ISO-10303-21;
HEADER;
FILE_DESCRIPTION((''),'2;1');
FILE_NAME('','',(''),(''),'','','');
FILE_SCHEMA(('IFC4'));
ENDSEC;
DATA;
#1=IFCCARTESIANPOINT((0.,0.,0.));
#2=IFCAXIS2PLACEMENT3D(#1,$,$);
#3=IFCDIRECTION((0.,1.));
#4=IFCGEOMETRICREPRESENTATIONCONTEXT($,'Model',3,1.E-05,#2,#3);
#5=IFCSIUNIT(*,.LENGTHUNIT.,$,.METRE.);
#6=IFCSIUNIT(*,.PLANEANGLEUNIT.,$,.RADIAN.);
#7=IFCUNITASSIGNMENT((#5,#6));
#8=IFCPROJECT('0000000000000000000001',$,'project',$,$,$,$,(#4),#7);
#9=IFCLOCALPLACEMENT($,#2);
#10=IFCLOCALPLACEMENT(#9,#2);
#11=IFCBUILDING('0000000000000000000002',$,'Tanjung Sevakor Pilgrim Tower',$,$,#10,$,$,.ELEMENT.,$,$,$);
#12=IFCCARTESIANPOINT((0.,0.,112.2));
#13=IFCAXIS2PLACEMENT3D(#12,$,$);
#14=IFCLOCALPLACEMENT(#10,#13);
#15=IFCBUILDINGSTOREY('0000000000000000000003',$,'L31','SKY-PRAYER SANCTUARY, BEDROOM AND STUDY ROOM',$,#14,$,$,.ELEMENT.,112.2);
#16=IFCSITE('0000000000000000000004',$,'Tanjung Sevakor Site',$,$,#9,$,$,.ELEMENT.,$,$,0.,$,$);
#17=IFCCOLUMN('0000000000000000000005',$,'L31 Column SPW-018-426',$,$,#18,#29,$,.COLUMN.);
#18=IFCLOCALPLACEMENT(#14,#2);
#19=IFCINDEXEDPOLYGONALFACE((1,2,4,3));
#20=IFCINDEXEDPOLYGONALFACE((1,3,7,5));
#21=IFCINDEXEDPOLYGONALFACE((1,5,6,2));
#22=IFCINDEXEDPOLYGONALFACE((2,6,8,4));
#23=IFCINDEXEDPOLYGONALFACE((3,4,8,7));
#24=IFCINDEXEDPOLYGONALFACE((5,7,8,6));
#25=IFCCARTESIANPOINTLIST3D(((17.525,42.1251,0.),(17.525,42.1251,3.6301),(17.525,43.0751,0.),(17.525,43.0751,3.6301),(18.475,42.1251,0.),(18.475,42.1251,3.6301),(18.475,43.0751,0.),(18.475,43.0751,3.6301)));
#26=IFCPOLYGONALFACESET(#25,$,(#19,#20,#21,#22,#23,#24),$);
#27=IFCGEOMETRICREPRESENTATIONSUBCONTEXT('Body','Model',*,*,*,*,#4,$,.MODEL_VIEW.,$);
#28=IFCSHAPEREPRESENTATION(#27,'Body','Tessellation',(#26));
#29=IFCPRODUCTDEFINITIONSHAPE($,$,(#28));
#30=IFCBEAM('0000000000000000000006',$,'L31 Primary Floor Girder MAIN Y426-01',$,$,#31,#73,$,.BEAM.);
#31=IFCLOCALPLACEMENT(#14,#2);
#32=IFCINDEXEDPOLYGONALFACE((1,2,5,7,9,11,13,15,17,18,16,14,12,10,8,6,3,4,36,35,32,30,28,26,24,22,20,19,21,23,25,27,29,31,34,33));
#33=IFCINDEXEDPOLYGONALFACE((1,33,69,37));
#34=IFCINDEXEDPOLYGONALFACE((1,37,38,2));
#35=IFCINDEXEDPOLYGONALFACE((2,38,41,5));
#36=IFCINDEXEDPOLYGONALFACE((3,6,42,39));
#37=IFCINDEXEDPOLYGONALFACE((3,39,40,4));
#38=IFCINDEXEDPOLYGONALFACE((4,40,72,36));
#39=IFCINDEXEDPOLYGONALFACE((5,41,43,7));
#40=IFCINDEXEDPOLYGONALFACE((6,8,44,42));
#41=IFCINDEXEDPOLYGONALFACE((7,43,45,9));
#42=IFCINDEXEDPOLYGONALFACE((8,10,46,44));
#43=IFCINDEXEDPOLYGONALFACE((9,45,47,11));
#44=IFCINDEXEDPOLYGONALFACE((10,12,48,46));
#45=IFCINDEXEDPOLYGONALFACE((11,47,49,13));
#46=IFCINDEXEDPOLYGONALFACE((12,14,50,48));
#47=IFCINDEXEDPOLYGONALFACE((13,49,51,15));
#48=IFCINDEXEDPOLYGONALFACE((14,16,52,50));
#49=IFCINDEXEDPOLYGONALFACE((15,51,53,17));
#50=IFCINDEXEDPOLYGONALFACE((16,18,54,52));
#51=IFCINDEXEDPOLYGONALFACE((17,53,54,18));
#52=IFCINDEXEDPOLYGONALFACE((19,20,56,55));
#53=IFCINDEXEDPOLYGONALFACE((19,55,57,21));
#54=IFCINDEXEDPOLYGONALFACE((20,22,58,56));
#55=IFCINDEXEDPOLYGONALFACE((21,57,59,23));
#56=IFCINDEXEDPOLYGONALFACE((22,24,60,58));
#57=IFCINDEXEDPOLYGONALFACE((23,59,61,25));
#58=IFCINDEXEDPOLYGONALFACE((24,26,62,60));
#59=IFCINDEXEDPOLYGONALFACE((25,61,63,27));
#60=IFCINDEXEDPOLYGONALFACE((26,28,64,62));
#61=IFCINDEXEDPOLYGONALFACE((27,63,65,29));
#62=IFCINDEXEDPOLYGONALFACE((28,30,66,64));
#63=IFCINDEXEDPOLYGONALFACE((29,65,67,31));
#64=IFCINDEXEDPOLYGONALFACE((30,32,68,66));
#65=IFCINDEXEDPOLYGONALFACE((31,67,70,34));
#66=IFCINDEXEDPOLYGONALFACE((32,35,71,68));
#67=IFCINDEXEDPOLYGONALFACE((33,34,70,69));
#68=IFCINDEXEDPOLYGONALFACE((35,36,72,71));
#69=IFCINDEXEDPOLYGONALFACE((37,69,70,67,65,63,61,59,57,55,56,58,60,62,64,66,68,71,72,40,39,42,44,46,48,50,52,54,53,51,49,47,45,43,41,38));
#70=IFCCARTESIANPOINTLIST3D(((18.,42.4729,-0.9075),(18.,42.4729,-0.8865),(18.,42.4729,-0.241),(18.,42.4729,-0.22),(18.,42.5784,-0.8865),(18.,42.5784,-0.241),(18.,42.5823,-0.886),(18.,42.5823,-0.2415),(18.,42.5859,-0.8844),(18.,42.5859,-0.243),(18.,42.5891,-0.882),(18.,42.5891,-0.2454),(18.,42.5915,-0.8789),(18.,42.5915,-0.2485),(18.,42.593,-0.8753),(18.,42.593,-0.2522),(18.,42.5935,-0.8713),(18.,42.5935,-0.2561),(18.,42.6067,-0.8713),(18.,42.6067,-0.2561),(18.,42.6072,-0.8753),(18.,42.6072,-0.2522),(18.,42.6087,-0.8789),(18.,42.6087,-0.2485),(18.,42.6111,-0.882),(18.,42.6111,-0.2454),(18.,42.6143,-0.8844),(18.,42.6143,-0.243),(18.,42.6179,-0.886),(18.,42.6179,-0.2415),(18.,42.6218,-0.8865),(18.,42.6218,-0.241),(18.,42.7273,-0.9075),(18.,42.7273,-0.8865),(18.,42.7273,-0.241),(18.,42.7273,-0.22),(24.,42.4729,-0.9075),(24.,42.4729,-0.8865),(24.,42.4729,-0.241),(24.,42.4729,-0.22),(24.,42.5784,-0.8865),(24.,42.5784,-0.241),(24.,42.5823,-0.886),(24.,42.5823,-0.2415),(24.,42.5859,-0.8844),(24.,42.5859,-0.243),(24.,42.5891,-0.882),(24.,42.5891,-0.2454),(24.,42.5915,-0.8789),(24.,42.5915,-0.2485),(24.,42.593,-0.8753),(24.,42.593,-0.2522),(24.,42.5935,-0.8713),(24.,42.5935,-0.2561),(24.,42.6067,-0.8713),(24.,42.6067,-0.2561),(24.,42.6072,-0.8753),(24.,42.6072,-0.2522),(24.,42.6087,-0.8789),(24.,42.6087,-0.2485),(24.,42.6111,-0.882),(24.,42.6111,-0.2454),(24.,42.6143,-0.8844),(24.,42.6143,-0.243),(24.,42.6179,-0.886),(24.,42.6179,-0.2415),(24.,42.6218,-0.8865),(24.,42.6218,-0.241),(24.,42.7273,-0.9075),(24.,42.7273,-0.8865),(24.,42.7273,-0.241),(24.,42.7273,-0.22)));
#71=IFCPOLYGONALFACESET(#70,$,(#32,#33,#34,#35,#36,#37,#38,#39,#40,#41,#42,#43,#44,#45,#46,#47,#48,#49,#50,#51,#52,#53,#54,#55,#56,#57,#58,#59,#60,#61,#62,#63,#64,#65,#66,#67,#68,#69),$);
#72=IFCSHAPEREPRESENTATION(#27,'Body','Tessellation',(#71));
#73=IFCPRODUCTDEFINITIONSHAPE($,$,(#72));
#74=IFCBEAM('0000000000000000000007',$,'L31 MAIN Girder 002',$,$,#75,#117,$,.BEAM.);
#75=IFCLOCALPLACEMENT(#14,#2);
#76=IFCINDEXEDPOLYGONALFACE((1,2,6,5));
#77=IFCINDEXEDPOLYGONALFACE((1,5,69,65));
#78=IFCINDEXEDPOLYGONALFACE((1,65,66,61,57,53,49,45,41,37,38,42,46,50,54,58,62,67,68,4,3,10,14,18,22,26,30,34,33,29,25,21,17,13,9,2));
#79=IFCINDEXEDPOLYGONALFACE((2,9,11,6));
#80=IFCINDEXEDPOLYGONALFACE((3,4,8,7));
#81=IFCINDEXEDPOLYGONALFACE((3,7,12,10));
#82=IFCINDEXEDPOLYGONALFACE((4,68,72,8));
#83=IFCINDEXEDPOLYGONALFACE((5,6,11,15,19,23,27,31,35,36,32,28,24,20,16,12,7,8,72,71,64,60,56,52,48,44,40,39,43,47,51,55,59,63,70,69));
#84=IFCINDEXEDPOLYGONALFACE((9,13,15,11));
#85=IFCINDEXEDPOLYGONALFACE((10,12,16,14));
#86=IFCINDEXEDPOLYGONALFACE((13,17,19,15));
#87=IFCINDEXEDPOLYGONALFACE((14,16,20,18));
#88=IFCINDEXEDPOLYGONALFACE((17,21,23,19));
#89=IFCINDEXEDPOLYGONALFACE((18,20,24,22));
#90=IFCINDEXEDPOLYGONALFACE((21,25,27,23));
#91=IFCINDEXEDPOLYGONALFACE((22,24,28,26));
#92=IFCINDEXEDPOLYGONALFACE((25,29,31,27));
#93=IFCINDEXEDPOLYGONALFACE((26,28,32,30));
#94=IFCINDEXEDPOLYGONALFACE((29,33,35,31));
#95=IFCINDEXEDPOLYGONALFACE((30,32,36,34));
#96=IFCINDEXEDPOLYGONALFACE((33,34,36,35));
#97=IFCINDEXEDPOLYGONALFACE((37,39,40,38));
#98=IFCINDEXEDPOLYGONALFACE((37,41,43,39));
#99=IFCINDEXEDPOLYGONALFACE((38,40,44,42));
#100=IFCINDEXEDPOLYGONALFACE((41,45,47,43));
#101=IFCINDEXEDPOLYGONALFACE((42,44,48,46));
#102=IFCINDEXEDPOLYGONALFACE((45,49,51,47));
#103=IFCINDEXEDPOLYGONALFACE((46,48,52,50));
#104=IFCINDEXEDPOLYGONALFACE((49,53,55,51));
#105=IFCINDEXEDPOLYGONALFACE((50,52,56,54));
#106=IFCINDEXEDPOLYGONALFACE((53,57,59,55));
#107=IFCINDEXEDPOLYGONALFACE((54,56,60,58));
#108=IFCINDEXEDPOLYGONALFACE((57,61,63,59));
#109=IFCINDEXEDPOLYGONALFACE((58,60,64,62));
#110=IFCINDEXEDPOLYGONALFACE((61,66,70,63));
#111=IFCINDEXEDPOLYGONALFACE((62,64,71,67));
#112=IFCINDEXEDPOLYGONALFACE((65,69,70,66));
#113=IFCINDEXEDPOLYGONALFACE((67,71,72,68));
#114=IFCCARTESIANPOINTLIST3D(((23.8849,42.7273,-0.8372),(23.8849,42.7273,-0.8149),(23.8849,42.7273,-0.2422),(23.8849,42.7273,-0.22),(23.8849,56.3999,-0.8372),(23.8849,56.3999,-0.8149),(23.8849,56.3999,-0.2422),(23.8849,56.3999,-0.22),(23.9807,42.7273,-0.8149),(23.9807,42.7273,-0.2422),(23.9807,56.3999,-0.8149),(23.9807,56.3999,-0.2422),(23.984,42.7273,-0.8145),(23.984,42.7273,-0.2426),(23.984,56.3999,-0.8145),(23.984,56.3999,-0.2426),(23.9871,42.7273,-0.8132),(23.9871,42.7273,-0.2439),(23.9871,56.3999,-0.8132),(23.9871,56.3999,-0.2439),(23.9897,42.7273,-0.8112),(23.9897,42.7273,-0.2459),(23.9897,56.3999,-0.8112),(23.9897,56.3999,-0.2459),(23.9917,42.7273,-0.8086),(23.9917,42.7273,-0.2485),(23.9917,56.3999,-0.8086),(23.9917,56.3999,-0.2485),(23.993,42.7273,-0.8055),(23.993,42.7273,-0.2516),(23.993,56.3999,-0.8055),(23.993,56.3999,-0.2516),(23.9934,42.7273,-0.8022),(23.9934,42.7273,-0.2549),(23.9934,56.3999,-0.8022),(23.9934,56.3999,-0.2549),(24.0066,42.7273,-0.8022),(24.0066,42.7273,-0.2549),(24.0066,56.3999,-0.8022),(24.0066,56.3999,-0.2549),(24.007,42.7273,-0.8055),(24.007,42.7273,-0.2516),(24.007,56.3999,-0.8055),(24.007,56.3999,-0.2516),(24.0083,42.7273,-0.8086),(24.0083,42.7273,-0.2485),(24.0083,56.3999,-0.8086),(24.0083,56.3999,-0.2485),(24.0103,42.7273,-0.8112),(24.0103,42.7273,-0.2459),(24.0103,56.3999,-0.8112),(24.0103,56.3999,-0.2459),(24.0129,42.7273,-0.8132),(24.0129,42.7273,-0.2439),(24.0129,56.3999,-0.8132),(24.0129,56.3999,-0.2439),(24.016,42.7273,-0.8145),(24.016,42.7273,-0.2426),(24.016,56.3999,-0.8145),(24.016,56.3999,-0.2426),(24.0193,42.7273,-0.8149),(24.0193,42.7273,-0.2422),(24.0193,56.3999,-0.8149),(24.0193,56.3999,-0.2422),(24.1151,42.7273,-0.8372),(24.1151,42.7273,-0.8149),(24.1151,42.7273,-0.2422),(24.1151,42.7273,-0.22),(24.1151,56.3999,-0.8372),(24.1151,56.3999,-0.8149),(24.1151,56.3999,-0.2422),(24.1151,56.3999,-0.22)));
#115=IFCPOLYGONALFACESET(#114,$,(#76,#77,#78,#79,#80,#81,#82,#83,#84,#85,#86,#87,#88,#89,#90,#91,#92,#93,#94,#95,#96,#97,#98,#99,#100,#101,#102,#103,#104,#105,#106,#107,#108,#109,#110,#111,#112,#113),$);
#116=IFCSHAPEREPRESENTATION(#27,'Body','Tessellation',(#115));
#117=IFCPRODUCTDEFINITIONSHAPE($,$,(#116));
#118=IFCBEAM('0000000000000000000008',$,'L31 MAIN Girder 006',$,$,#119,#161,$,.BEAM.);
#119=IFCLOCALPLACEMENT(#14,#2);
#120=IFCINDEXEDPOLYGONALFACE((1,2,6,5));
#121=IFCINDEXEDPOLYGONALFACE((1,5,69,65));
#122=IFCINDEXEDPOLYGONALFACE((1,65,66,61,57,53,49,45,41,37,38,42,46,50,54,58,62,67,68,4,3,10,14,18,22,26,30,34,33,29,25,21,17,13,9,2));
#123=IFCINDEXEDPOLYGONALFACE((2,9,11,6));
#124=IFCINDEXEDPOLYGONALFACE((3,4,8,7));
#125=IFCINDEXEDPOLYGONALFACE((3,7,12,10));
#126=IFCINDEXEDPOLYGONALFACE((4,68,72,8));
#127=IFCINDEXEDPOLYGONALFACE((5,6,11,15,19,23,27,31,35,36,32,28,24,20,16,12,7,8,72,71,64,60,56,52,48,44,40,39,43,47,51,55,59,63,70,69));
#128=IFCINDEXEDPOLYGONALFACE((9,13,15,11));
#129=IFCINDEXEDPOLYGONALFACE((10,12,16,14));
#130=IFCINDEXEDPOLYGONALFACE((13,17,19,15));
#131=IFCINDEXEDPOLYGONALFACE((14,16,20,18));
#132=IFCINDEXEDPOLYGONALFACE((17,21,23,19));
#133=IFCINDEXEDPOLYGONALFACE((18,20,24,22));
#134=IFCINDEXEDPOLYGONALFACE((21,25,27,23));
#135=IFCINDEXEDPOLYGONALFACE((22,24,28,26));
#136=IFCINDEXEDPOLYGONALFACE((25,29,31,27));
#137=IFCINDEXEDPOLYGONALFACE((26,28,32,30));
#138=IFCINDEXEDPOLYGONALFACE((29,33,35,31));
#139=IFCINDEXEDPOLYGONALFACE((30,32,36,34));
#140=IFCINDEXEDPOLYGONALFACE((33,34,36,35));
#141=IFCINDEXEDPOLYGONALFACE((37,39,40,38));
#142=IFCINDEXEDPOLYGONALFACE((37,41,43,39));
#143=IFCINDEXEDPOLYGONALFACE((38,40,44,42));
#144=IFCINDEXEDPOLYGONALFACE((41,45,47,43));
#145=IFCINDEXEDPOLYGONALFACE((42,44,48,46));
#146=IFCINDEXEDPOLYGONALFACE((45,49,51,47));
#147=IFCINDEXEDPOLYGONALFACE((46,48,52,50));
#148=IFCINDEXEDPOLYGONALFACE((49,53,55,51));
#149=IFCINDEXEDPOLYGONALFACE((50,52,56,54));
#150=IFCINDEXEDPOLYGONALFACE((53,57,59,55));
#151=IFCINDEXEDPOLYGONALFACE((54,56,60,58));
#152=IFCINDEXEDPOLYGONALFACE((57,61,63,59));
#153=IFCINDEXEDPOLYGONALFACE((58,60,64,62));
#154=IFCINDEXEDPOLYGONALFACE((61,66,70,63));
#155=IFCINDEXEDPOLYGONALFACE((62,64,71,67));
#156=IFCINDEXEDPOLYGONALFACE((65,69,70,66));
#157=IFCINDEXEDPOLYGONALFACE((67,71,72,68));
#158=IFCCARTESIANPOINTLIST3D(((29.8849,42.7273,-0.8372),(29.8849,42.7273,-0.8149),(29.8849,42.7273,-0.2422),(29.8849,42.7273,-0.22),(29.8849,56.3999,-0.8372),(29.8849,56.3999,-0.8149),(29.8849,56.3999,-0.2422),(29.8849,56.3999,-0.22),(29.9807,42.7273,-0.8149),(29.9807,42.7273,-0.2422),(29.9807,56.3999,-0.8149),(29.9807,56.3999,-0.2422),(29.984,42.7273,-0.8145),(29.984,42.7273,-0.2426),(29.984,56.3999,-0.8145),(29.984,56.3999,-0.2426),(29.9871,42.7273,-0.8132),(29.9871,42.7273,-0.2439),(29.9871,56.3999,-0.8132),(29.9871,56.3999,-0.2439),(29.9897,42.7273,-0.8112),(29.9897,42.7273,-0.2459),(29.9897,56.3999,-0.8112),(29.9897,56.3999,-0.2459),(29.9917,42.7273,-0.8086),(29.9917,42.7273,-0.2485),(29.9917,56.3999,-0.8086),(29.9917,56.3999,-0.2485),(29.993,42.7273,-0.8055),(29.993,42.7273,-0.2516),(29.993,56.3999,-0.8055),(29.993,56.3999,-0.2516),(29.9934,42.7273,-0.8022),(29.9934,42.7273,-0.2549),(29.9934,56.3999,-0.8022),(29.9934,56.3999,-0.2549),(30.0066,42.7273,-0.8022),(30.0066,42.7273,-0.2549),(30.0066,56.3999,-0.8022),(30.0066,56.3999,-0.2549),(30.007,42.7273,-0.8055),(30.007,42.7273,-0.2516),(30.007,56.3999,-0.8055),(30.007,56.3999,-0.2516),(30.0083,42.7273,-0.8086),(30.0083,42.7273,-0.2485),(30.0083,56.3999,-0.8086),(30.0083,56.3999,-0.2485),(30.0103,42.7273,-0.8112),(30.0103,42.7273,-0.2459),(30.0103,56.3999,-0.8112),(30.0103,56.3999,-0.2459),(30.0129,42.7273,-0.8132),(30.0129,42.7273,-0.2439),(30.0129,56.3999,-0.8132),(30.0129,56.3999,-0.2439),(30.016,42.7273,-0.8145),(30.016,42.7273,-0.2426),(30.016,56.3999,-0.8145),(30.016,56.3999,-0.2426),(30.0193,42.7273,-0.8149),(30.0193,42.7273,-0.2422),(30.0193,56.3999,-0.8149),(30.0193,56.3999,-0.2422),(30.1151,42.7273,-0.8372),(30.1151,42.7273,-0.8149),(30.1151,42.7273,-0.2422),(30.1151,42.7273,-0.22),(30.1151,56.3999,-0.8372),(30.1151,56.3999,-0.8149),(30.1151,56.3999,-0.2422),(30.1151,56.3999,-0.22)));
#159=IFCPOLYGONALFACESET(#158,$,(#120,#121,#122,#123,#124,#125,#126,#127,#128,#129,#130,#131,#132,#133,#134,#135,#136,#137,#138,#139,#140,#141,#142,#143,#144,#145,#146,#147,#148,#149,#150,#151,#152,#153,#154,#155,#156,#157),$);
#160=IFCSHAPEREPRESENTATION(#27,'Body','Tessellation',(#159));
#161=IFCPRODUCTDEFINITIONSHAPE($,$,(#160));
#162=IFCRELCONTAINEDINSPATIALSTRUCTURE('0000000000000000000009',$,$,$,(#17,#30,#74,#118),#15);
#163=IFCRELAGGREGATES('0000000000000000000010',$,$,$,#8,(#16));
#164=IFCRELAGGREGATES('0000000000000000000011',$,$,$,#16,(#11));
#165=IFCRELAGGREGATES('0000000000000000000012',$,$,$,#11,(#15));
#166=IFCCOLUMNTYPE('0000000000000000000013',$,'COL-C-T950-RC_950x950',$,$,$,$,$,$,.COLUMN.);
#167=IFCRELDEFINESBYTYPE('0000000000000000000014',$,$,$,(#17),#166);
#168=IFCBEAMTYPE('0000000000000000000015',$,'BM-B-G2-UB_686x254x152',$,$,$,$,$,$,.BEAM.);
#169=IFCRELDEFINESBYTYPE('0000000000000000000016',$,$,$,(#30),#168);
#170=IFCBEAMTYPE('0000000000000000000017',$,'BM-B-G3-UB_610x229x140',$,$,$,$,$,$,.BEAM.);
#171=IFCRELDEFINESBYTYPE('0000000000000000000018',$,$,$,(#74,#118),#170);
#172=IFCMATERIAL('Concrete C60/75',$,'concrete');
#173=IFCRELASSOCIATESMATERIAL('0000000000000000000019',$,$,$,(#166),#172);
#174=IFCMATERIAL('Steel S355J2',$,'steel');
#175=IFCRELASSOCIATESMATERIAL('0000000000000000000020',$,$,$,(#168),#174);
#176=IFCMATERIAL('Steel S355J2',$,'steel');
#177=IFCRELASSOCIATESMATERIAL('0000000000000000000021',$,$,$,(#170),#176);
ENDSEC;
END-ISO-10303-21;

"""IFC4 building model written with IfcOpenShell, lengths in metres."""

from ifc_helpers import new_model, si_unit, direction, frame, origin, origin_2d, place, context, subcontext, project, spatial, rectangle, i_section, extrude, material, material_profile, profile_set, type_object, element, save


model = new_model("IFC4")

# Units and contexts
model_context = context("Model", 3, precision=1e-05, world=origin(), true_north=direction((0.0, 1.0)))
body_context = subcontext(model_context, "Body", "Model", "MODEL_VIEW")
ifc_project = project(units=[si_unit("LENGTHUNIT", "METRE"), si_unit("PLANEANGLEUNIT", "RADIAN")], contexts=[model_context])

# Site, building, storey
site_placement = place(None, origin())
site = spatial("IfcSite", under=ifc_project, at=site_placement, Name="Tanjung Sevakor Site", CompositionType="ELEMENT", RefElevation=0.0)
building_placement = place(site_placement, origin())
building = spatial("IfcBuilding", under=site, at=building_placement, Name="Tanjung Sevakor Pilgrim Tower", CompositionType="ELEMENT")
storey_placement = place(building_placement, frame((0.0, 0.0, 112.2)))
storey = spatial("IfcBuildingStorey", under=building, at=storey_placement, Name="L31", Description="SKY-PRAYER SANCTUARY, BEDROOM AND STUDY ROOM", CompositionType="ELEMENT", Elevation=112.2)

# Column
ifc_material_1 = material(Name="Concrete C60/75", Category="concrete")
ifc_material_profile_1 = material_profile(ifc_material_1, rectangle(XDim=0.95, YDim=0.95, at=origin_2d()))
ifc_profile_set_1 = profile_set([ifc_material_profile_1], Name="Concrete C60/75")
column_type = type_object("IfcColumnType", Name="COL-C-T950-RC_950x950", PredefinedType="COLUMN", material=ifc_profile_set_1)
column_placement = place(storey_placement, frame((18.0, 42.6001, 0.0), z_axis=(0.0, 0.0, 1.0), x_axis=(1.0, 0.0, 0.0)))
element("IfcColumn", 1, at=column_placement, inside=storey, type_object=column_type, Name="L31 Column SPW-018-426", PredefinedType="COLUMN", context=body_context, shape_type="SweptSolid", body=[
    extrude(rectangle(XDim=0.95, YDim=0.95, at=origin_2d()), origin(), (0.0, 0.0, 1.0), 3.6301),
])

# Beams
ifc_material_2 = material(Name="Steel S355J2", Category="steel")
ifc_material_profile_2 = material_profile(ifc_material_2, i_section(OverallWidth=0.2544, OverallDepth=0.6875, WebThickness=0.0132, FlangeThickness=0.021, FilletRadius=0.0151, at=origin_2d()))
ifc_profile_set_2 = profile_set([ifc_material_profile_2], Name="Steel S355J2")
beam_type_1 = type_object("IfcBeamType", Name="BM-B-G2-UB_686x254x152", PredefinedType="BEAM", material=ifc_profile_set_2)
beam_1_placement = place(storey_placement, frame((18.0, 42.6001, -0.5637), z_axis=(1.0, 0.0, 0.0), x_axis=(0.0, 1.0, 0.0)))
element("IfcBeam", 2, at=beam_1_placement, inside=storey, type_object=beam_type_1, Name="L31 Primary Floor Girder MAIN Y426-01", PredefinedType="BEAM", context=body_context, shape_type="SweptSolid", body=[
    extrude(i_section(OverallWidth=0.2544, OverallDepth=0.6875, WebThickness=0.0132, FlangeThickness=0.021, FilletRadius=0.0151, at=origin_2d()), origin(), (0.0, 0.0, 1.0), 6.0),
])
ifc_material_3 = material(Name="Steel S355J2", Category="steel")
ifc_material_profile_3 = material_profile(ifc_material_3, i_section(OverallWidth=0.2302, OverallDepth=0.6172, WebThickness=0.0132, FlangeThickness=0.0222, FilletRadius=0.0127, at=origin_2d()))
ifc_profile_set_3 = profile_set([ifc_material_profile_3], Name="Steel S355J2")
beam_type_2 = type_object("IfcBeamType", Name="BM-B-G3-UB_610x229x140", PredefinedType="BEAM", material=ifc_profile_set_3)
for number, where, z_axis, x_axis, name in (
    (3, (24.0, 42.7273, -0.5286), (0.0, 1.0, 0.0), (-1.0, 0.0, 0.0), "L31 MAIN Girder 002"),
    (4, (30.0, 42.7273, -0.5286), (0.0, 1.0, 0.0), (-1.0, 0.0, 0.0), "L31 MAIN Girder 006"),
):
    element("IfcBeam", number, at=place(storey_placement, frame(where, z_axis=z_axis, x_axis=x_axis)), inside=storey, type_object=beam_type_2, Name=name, PredefinedType="BEAM", context=body_context, shape_type="SweptSolid", body=[
        extrude(i_section(OverallWidth=0.2302, OverallDepth=0.6172, WebThickness=0.0132, FlangeThickness=0.0222, FilletRadius=0.0127, at=origin_2d()), origin(), (0.0, 0.0, 1.0), 13.6726),
    ])

save(model, "model.ifc")
